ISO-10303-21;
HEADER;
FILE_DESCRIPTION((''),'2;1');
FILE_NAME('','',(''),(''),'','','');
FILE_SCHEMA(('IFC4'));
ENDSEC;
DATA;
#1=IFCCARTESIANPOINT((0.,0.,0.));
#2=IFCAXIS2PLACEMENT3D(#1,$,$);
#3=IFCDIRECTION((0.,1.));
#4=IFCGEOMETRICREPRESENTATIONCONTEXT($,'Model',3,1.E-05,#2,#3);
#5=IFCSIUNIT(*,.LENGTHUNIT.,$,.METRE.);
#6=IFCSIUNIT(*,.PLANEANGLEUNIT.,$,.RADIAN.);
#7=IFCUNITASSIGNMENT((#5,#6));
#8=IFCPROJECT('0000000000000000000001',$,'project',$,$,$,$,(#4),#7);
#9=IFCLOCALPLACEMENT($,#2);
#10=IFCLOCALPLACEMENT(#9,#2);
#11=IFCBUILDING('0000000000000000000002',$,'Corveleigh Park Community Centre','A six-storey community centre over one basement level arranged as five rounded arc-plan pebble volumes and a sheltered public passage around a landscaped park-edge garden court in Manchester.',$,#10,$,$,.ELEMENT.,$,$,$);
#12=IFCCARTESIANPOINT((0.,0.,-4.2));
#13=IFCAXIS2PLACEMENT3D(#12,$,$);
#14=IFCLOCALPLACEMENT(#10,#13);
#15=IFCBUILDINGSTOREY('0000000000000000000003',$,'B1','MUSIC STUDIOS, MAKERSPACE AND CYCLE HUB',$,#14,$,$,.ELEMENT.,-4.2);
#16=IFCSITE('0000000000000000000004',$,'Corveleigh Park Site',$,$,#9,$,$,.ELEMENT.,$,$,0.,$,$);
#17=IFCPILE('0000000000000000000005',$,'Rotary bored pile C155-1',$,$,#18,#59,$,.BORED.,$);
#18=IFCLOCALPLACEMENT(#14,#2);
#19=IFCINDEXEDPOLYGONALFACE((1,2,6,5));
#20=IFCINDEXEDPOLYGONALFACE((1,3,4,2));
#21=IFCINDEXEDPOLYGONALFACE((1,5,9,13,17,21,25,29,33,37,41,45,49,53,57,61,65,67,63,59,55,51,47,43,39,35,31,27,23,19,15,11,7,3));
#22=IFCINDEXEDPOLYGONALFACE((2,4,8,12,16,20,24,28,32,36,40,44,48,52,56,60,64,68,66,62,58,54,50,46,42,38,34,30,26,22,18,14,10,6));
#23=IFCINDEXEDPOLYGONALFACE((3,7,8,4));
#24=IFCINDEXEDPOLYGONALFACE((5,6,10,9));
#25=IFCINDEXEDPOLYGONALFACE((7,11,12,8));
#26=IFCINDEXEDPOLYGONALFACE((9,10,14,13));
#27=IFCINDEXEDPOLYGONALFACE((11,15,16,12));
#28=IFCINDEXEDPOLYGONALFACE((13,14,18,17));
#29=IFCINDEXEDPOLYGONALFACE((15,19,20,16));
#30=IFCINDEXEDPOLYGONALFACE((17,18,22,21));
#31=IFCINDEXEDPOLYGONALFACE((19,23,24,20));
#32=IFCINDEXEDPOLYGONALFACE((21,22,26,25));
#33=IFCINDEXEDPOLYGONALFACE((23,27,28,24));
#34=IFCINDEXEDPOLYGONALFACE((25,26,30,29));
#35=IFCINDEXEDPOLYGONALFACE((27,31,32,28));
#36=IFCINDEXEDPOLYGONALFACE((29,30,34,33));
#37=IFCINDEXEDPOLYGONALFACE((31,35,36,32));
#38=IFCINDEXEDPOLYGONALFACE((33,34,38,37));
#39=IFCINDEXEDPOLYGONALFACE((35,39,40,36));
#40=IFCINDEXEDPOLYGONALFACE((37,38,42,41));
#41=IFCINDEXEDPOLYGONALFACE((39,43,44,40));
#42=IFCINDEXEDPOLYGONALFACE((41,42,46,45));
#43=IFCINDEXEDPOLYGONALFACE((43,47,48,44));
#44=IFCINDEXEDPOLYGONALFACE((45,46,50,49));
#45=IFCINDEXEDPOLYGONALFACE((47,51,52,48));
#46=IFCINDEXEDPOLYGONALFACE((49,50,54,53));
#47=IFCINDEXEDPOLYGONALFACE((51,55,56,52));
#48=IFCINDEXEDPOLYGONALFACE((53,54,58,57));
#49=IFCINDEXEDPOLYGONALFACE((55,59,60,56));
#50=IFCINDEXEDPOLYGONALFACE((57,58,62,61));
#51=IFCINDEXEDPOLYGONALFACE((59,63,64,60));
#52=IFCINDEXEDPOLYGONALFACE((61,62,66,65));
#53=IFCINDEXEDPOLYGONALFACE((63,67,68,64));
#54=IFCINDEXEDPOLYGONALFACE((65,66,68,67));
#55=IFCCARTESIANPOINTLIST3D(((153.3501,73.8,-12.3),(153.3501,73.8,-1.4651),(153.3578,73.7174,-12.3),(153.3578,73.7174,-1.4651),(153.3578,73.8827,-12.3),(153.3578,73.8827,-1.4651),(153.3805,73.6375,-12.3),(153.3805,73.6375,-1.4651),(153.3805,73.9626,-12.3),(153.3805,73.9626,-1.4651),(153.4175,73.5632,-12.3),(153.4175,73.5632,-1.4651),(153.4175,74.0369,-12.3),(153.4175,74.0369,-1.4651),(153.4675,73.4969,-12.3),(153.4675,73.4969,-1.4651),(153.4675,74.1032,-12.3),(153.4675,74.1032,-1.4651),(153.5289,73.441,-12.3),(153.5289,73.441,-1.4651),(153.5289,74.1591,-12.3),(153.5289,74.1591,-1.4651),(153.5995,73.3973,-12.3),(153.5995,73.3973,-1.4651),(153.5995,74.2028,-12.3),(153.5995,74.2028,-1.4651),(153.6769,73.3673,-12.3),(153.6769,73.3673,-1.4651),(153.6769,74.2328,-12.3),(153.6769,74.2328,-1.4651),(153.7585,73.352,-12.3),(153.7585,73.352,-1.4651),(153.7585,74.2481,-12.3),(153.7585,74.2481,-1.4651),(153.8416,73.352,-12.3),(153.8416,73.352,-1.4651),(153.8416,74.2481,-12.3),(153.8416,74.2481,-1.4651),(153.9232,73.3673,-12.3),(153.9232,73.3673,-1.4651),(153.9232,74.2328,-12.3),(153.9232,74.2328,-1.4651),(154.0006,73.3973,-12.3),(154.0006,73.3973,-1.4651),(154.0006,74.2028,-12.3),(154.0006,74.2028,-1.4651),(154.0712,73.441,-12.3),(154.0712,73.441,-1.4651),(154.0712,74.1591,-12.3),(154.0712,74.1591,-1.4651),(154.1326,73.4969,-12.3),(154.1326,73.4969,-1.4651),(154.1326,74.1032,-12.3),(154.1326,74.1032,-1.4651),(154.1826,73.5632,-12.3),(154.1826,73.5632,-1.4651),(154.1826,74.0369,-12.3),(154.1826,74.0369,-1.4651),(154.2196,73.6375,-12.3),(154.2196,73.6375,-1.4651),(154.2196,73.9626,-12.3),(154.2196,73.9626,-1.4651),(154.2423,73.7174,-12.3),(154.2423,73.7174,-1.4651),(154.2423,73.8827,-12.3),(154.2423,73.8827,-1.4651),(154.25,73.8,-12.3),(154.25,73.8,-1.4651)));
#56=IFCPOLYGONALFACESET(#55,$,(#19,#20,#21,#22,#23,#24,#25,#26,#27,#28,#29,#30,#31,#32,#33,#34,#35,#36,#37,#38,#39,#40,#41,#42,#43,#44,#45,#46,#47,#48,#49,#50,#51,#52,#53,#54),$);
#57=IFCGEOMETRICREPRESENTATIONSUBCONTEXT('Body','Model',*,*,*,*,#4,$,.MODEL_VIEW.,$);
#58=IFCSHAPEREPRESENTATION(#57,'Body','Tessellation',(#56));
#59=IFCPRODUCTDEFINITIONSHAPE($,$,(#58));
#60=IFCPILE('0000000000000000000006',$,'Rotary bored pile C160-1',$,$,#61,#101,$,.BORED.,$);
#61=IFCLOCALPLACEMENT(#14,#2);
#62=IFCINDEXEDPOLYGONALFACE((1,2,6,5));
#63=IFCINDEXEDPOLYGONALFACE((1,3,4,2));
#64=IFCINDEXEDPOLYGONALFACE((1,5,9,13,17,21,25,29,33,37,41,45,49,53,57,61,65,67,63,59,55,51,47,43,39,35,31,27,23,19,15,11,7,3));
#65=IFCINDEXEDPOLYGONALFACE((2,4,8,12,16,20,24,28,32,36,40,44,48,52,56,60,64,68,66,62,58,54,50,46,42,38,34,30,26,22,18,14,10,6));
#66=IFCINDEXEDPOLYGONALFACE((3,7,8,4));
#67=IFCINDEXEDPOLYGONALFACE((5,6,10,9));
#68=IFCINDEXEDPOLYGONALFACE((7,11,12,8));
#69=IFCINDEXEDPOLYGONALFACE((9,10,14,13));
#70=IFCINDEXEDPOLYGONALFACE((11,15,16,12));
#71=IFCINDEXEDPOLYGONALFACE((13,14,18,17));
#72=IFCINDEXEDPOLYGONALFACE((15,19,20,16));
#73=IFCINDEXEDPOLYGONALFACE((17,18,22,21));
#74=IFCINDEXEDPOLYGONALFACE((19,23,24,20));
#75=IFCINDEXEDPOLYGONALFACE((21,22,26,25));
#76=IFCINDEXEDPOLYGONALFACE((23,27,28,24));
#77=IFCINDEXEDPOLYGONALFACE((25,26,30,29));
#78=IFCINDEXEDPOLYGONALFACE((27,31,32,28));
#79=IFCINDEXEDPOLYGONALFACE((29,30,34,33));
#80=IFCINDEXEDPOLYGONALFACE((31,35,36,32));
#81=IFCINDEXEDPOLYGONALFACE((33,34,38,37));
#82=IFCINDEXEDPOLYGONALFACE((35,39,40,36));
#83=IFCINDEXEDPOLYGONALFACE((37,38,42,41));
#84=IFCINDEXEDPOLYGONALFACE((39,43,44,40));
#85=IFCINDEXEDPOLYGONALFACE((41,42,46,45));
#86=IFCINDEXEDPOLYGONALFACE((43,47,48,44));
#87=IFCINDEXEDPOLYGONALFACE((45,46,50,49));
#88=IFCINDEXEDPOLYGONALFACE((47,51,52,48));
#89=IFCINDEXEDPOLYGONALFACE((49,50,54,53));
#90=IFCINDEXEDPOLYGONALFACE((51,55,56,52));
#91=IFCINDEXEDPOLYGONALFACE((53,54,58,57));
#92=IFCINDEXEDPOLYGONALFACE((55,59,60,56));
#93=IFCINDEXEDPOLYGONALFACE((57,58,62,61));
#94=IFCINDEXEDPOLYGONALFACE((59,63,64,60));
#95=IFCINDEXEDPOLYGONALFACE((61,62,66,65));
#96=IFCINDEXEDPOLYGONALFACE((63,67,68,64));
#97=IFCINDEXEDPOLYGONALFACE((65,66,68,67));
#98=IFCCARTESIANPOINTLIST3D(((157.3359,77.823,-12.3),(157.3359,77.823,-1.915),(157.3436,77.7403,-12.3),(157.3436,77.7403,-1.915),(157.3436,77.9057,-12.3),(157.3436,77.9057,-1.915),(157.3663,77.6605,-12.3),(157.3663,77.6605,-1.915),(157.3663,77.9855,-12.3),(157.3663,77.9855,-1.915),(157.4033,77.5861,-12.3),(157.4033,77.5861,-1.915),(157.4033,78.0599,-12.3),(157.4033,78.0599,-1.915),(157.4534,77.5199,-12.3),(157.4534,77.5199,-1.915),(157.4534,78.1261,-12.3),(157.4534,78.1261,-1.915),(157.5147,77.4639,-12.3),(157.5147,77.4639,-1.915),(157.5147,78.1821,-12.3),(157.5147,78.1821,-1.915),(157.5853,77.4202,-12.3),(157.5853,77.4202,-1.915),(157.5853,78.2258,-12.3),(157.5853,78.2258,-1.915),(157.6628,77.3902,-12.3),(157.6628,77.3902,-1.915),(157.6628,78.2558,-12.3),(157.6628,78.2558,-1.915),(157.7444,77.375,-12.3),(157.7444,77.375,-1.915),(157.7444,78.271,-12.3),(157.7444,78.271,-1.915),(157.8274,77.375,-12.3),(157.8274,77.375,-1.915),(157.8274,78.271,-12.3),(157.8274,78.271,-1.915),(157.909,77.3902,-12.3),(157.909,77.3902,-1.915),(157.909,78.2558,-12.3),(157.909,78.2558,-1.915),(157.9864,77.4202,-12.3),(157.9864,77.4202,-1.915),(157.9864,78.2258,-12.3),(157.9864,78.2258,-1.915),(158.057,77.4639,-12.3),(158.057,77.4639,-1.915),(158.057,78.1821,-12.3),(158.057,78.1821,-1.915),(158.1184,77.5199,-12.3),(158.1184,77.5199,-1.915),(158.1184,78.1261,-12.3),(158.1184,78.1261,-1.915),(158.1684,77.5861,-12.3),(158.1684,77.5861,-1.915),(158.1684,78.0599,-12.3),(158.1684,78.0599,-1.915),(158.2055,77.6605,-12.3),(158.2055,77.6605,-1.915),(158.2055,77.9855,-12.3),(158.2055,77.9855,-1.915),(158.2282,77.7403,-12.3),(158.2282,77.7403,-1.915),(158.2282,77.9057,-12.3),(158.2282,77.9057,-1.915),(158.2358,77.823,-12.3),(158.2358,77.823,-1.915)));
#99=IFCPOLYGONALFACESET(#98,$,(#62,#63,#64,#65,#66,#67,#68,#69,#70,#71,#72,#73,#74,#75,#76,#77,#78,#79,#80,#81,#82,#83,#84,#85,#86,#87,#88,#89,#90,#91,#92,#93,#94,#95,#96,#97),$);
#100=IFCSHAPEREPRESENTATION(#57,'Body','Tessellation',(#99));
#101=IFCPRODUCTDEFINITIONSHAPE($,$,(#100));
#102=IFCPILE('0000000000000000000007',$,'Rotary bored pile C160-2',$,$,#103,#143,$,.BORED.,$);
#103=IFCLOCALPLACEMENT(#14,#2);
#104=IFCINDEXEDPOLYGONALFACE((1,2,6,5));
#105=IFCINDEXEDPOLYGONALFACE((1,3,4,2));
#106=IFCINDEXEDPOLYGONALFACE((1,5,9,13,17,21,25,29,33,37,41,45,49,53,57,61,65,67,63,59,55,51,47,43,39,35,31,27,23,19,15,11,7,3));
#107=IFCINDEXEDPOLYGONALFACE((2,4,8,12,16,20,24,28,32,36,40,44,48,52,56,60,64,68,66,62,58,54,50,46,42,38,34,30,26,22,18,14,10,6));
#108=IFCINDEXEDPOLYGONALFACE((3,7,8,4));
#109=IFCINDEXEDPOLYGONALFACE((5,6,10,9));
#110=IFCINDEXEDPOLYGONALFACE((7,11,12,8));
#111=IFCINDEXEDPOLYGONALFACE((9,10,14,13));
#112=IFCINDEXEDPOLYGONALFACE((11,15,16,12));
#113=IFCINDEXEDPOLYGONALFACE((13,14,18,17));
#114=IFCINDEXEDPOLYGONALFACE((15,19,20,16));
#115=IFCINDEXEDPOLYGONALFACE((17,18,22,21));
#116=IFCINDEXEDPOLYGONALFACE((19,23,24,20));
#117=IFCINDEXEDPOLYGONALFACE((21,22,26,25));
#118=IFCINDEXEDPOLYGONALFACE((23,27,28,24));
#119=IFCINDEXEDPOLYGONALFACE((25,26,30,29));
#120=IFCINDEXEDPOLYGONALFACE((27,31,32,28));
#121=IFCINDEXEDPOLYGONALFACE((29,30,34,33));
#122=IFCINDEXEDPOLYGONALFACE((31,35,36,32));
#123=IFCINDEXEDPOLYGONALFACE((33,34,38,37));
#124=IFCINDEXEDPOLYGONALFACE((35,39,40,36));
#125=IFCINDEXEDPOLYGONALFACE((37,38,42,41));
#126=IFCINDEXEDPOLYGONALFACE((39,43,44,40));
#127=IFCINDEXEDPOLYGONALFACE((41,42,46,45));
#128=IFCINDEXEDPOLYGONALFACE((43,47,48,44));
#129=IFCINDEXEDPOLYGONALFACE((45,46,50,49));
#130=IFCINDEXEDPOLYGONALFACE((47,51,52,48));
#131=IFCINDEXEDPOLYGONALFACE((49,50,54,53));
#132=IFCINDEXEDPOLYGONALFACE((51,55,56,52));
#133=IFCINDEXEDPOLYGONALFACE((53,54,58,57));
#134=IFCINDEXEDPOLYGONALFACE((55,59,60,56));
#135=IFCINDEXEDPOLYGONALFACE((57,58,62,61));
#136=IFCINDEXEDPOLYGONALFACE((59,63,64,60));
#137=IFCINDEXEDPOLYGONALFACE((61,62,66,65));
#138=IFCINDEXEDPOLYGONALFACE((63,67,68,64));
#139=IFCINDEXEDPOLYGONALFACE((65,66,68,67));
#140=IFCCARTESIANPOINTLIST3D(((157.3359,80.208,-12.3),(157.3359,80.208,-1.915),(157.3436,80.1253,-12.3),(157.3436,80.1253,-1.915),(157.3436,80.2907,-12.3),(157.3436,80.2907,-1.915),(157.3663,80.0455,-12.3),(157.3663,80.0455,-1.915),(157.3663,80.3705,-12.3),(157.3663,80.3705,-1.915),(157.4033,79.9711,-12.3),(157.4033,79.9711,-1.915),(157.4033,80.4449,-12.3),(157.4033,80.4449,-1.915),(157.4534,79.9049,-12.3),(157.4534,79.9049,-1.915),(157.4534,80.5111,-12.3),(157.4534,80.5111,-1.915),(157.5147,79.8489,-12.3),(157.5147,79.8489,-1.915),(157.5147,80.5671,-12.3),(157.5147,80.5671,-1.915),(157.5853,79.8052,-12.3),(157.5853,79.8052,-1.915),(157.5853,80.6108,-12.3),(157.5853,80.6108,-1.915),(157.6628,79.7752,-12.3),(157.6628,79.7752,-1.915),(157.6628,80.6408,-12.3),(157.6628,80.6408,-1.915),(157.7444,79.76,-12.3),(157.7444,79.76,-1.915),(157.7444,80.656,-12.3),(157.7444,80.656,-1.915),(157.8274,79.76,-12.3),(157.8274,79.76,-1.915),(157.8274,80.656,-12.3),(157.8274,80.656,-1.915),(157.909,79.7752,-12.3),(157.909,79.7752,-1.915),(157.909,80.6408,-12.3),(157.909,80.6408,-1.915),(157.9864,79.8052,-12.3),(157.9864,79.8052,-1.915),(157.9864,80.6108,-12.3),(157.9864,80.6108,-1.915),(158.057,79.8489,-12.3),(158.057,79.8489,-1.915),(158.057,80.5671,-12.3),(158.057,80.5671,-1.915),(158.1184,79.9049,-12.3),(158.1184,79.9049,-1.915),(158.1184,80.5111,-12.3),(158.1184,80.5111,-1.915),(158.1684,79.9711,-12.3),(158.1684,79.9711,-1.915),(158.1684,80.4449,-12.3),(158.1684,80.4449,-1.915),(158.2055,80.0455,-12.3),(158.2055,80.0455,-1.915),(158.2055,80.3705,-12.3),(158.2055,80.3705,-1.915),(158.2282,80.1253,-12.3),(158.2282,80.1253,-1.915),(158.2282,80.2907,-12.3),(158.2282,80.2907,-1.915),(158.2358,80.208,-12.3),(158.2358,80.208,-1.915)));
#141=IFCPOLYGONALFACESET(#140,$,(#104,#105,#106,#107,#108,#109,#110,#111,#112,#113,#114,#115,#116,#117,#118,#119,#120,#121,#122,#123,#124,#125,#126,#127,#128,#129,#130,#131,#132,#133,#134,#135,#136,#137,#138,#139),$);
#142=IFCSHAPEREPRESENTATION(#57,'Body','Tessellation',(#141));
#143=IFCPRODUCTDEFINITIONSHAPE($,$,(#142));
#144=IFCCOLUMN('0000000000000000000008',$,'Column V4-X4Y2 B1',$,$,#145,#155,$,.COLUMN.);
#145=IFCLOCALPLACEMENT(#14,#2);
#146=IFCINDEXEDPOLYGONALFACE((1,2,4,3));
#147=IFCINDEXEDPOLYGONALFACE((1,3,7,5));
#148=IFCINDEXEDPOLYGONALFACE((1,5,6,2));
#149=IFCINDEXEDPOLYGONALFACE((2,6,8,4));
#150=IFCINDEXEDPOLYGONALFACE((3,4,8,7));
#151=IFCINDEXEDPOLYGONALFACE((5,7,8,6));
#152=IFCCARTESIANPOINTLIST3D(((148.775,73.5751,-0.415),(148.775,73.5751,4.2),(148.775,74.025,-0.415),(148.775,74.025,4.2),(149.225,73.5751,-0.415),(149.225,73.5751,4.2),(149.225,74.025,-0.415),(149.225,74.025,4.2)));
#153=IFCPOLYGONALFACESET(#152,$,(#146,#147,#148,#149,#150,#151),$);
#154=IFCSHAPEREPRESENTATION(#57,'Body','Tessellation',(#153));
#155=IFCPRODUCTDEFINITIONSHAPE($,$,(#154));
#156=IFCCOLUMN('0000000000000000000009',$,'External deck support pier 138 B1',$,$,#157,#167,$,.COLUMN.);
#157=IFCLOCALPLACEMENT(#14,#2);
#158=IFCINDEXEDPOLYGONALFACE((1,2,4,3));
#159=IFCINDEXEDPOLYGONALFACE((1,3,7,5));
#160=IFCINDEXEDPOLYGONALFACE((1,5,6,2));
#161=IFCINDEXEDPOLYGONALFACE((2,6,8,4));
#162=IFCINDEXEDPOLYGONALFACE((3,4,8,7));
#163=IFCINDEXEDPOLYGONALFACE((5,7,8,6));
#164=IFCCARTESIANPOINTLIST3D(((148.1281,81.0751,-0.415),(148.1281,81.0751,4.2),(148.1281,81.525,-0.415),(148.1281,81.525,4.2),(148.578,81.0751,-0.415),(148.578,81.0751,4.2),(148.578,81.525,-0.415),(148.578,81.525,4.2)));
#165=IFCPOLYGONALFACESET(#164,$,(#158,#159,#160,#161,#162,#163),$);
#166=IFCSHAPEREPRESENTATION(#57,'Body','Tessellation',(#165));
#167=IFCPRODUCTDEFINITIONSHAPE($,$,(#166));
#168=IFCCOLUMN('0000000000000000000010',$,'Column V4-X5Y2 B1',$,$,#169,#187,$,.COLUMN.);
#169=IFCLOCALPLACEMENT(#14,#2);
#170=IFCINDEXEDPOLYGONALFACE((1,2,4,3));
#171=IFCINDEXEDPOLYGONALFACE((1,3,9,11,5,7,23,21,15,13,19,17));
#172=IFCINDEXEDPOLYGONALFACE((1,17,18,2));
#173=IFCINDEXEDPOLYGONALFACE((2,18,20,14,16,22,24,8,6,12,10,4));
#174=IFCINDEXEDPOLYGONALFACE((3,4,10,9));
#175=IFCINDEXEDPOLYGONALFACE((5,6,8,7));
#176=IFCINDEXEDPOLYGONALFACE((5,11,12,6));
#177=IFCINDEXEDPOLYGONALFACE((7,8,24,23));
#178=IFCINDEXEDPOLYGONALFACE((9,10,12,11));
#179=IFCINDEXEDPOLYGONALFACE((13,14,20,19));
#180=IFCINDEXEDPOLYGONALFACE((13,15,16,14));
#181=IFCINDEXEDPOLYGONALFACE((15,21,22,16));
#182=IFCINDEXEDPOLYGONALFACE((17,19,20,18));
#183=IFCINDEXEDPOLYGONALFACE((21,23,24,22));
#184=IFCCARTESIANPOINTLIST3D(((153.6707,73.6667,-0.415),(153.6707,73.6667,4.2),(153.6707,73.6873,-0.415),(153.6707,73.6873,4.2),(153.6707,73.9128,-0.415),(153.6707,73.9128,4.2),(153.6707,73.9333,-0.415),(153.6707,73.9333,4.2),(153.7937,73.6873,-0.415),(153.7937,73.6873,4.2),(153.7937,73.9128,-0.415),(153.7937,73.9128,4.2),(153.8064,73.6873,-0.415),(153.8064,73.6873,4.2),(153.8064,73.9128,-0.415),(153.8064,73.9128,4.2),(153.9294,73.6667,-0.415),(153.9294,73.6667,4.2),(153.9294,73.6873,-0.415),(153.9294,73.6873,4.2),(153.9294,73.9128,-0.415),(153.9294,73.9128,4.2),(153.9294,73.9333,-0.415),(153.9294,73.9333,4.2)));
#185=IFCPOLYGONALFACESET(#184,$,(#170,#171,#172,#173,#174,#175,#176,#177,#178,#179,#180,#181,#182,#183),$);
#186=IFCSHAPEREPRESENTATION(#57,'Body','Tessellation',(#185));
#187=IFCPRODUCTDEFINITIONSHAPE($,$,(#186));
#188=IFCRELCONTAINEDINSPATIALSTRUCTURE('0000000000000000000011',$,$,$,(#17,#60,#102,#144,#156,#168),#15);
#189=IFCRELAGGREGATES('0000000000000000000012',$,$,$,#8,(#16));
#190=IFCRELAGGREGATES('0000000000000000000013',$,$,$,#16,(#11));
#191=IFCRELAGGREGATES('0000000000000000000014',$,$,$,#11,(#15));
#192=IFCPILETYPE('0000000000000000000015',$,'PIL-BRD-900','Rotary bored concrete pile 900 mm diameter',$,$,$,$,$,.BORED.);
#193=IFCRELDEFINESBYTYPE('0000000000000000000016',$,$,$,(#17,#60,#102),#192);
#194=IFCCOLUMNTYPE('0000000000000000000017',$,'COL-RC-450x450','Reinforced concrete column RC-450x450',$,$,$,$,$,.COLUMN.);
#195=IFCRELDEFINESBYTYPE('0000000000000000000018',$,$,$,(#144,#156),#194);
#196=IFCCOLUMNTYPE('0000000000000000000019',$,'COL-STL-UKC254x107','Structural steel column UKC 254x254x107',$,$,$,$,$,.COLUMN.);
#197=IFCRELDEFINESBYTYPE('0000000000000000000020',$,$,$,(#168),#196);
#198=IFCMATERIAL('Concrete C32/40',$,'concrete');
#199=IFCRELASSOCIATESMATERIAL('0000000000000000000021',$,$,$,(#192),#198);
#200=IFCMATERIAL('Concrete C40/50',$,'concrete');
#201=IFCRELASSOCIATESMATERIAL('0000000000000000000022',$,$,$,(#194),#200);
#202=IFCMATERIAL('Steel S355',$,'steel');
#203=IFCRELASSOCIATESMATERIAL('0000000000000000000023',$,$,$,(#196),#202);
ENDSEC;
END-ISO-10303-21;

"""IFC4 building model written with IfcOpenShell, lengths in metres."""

from ifc_helpers import new_model, si_unit, direction, frame, origin, origin_2d, place, context, subcontext, project, spatial, rectangle, circle, i_section, extrude, material, material_profile, profile_set, type_object, element, save


model = new_model("IFC4")

# Units and contexts
model_context = context("Model", 3, precision=1e-05, world=origin(), true_north=direction((0.0, 1.0)))
body_context = subcontext(model_context, "Body", "Model", "MODEL_VIEW")
ifc_project = project(units=[si_unit("LENGTHUNIT", "METRE"), si_unit("PLANEANGLEUNIT", "RADIAN")], contexts=[model_context])

# Site, building, storey
site_placement = place(None, origin())
site = spatial("IfcSite", under=ifc_project, at=site_placement, Name="Corveleigh Park Site", CompositionType="ELEMENT", RefElevation=0.0)
building_placement = place(site_placement, origin())
building = spatial("IfcBuilding", under=site, at=building_placement, Name="Corveleigh Park Community Centre", Description="A six-storey community centre over one basement level arranged as five rounded arc-plan pebble volumes and a sheltered public passage around a landscaped park-edge garden court in Manchester.", CompositionType="ELEMENT")
storey_placement = place(building_placement, frame((0.0, 0.0, -4.2)))
storey = spatial("IfcBuildingStorey", under=building, at=storey_placement, Name="B1", Description="MUSIC STUDIOS, MAKERSPACE AND CYCLE HUB", CompositionType="ELEMENT", Elevation=-4.2)

# Shared definitions
ifc_material_1 = material(Name="Concrete C40/50", Category="concrete")

# Piles
ifc_material_2 = material(Name="Concrete C32/40", Category="concrete")
ifc_material_profile_1 = material_profile(ifc_material_2, circle(Radius=0.45, at=origin_2d()), Name="BORED-PILE-900", Category="concrete")
ifc_profile_set_1 = profile_set([ifc_material_profile_1], Name="Concrete C32/40")
pile_type = type_object("IfcPileType", Name="PIL-BRD-900", Description="Rotary bored concrete pile 900 mm diameter", PredefinedType="BORED", material=ifc_profile_set_1)
for number, where, z_axis, x_axis, name in (
    (1, (153.8, 73.8, -1.4651), (0.0, 0.0, -1.0), (1.0, 0.0, 0.0), "Rotary bored pile C155-1"),
):
    element("IfcPile", number, at=place(storey_placement, frame(where, z_axis=z_axis, x_axis=x_axis)), inside=storey, type_object=pile_type, Name=name, PredefinedType="BORED", context=body_context, shape_type="SweptSolid", body=[
        extrude(circle(Radius=0.45, at=origin_2d()), origin(), (0.0, 0.0, 1.0), 10.835),
    ])
for number, where, z_axis, x_axis, name in (
    (2, (157.7859, 77.823, -1.915), (0.0, 0.0, -1.0), (1.0, 0.0, 0.0), "Rotary bored pile C160-1"),
    (3, (157.7859, 80.208, -1.915), (0.0, 0.0, -1.0), (1.0, 0.0, 0.0), "Rotary bored pile C160-2"),
):
    element("IfcPile", number, at=place(storey_placement, frame(where, z_axis=z_axis, x_axis=x_axis)), inside=storey, type_object=pile_type, Name=name, PredefinedType="BORED", context=body_context, shape_type="SweptSolid", body=[
        extrude(circle(Radius=0.45, at=origin_2d()), origin(), (0.0, 0.0, 1.0), 10.385),
    ])

# Columns
ifc_material_profile_2 = material_profile(ifc_material_1, rectangle(XDim=0.45, YDim=0.45, at=origin_2d()), Name="RC-450x450", Category="concrete")
ifc_profile_set_2 = profile_set([ifc_material_profile_2], Name="Concrete C40/50")
column_type_1 = type_object("IfcColumnType", Name="COL-RC-450x450", Description="Reinforced concrete column RC-450x450", PredefinedType="COLUMN", material=ifc_profile_set_2)
for number, where, z_axis, x_axis, name in (
    (4, (149.0, 73.8, -0.415), (0.0, 0.0, 1.0), (1.0, 0.0, 0.0), "Column V4-X4Y2 B1"),
    (5, (148.353, 81.3, -0.415), (0.0, 0.0, 1.0), (1.0, 0.0, 0.0), "External deck support pier 138 B1"),
):
    element("IfcColumn", number, at=place(storey_placement, frame(where, z_axis=z_axis, x_axis=x_axis)), inside=storey, type_object=column_type_1, Name=name, PredefinedType="COLUMN", context=body_context, shape_type="SweptSolid", body=[
        extrude(rectangle(XDim=0.45, YDim=0.45, at=origin_2d()), origin(), (0.0, 0.0, 1.0), 4.615),
    ])
ifc_material_3 = material(Name="Steel S355", Category="steel")
ifc_material_profile_3 = material_profile(ifc_material_3, i_section(OverallWidth=0.2588, OverallDepth=0.2666, WebThickness=0.0127, FlangeThickness=0.0205, at=origin_2d()), Name="UKC 254x254x107", Category="steel")
ifc_profile_set_3 = profile_set([ifc_material_profile_3], Name="Steel S355")
column_type_2 = type_object("IfcColumnType", Name="COL-STL-UKC254x107", Description="Structural steel column UKC 254x254x107", PredefinedType="COLUMN", material=ifc_profile_set_3)
column_placement = place(storey_placement, frame((153.8, 73.8, -0.415), z_axis=(0.0, 0.0, 1.0), x_axis=(1.0, 0.0, 0.0)))
element("IfcColumn", 6, at=column_placement, inside=storey, type_object=column_type_2, Name="Column V4-X5Y2 B1", PredefinedType="COLUMN", context=body_context, shape_type="SweptSolid", body=[
    extrude(i_section(OverallWidth=0.2588, OverallDepth=0.2666, WebThickness=0.0127, FlangeThickness=0.0205, at=origin_2d()), origin(), (0.0, 0.0, 1.0), 4.615),
])

save(model, "model.ifc")
